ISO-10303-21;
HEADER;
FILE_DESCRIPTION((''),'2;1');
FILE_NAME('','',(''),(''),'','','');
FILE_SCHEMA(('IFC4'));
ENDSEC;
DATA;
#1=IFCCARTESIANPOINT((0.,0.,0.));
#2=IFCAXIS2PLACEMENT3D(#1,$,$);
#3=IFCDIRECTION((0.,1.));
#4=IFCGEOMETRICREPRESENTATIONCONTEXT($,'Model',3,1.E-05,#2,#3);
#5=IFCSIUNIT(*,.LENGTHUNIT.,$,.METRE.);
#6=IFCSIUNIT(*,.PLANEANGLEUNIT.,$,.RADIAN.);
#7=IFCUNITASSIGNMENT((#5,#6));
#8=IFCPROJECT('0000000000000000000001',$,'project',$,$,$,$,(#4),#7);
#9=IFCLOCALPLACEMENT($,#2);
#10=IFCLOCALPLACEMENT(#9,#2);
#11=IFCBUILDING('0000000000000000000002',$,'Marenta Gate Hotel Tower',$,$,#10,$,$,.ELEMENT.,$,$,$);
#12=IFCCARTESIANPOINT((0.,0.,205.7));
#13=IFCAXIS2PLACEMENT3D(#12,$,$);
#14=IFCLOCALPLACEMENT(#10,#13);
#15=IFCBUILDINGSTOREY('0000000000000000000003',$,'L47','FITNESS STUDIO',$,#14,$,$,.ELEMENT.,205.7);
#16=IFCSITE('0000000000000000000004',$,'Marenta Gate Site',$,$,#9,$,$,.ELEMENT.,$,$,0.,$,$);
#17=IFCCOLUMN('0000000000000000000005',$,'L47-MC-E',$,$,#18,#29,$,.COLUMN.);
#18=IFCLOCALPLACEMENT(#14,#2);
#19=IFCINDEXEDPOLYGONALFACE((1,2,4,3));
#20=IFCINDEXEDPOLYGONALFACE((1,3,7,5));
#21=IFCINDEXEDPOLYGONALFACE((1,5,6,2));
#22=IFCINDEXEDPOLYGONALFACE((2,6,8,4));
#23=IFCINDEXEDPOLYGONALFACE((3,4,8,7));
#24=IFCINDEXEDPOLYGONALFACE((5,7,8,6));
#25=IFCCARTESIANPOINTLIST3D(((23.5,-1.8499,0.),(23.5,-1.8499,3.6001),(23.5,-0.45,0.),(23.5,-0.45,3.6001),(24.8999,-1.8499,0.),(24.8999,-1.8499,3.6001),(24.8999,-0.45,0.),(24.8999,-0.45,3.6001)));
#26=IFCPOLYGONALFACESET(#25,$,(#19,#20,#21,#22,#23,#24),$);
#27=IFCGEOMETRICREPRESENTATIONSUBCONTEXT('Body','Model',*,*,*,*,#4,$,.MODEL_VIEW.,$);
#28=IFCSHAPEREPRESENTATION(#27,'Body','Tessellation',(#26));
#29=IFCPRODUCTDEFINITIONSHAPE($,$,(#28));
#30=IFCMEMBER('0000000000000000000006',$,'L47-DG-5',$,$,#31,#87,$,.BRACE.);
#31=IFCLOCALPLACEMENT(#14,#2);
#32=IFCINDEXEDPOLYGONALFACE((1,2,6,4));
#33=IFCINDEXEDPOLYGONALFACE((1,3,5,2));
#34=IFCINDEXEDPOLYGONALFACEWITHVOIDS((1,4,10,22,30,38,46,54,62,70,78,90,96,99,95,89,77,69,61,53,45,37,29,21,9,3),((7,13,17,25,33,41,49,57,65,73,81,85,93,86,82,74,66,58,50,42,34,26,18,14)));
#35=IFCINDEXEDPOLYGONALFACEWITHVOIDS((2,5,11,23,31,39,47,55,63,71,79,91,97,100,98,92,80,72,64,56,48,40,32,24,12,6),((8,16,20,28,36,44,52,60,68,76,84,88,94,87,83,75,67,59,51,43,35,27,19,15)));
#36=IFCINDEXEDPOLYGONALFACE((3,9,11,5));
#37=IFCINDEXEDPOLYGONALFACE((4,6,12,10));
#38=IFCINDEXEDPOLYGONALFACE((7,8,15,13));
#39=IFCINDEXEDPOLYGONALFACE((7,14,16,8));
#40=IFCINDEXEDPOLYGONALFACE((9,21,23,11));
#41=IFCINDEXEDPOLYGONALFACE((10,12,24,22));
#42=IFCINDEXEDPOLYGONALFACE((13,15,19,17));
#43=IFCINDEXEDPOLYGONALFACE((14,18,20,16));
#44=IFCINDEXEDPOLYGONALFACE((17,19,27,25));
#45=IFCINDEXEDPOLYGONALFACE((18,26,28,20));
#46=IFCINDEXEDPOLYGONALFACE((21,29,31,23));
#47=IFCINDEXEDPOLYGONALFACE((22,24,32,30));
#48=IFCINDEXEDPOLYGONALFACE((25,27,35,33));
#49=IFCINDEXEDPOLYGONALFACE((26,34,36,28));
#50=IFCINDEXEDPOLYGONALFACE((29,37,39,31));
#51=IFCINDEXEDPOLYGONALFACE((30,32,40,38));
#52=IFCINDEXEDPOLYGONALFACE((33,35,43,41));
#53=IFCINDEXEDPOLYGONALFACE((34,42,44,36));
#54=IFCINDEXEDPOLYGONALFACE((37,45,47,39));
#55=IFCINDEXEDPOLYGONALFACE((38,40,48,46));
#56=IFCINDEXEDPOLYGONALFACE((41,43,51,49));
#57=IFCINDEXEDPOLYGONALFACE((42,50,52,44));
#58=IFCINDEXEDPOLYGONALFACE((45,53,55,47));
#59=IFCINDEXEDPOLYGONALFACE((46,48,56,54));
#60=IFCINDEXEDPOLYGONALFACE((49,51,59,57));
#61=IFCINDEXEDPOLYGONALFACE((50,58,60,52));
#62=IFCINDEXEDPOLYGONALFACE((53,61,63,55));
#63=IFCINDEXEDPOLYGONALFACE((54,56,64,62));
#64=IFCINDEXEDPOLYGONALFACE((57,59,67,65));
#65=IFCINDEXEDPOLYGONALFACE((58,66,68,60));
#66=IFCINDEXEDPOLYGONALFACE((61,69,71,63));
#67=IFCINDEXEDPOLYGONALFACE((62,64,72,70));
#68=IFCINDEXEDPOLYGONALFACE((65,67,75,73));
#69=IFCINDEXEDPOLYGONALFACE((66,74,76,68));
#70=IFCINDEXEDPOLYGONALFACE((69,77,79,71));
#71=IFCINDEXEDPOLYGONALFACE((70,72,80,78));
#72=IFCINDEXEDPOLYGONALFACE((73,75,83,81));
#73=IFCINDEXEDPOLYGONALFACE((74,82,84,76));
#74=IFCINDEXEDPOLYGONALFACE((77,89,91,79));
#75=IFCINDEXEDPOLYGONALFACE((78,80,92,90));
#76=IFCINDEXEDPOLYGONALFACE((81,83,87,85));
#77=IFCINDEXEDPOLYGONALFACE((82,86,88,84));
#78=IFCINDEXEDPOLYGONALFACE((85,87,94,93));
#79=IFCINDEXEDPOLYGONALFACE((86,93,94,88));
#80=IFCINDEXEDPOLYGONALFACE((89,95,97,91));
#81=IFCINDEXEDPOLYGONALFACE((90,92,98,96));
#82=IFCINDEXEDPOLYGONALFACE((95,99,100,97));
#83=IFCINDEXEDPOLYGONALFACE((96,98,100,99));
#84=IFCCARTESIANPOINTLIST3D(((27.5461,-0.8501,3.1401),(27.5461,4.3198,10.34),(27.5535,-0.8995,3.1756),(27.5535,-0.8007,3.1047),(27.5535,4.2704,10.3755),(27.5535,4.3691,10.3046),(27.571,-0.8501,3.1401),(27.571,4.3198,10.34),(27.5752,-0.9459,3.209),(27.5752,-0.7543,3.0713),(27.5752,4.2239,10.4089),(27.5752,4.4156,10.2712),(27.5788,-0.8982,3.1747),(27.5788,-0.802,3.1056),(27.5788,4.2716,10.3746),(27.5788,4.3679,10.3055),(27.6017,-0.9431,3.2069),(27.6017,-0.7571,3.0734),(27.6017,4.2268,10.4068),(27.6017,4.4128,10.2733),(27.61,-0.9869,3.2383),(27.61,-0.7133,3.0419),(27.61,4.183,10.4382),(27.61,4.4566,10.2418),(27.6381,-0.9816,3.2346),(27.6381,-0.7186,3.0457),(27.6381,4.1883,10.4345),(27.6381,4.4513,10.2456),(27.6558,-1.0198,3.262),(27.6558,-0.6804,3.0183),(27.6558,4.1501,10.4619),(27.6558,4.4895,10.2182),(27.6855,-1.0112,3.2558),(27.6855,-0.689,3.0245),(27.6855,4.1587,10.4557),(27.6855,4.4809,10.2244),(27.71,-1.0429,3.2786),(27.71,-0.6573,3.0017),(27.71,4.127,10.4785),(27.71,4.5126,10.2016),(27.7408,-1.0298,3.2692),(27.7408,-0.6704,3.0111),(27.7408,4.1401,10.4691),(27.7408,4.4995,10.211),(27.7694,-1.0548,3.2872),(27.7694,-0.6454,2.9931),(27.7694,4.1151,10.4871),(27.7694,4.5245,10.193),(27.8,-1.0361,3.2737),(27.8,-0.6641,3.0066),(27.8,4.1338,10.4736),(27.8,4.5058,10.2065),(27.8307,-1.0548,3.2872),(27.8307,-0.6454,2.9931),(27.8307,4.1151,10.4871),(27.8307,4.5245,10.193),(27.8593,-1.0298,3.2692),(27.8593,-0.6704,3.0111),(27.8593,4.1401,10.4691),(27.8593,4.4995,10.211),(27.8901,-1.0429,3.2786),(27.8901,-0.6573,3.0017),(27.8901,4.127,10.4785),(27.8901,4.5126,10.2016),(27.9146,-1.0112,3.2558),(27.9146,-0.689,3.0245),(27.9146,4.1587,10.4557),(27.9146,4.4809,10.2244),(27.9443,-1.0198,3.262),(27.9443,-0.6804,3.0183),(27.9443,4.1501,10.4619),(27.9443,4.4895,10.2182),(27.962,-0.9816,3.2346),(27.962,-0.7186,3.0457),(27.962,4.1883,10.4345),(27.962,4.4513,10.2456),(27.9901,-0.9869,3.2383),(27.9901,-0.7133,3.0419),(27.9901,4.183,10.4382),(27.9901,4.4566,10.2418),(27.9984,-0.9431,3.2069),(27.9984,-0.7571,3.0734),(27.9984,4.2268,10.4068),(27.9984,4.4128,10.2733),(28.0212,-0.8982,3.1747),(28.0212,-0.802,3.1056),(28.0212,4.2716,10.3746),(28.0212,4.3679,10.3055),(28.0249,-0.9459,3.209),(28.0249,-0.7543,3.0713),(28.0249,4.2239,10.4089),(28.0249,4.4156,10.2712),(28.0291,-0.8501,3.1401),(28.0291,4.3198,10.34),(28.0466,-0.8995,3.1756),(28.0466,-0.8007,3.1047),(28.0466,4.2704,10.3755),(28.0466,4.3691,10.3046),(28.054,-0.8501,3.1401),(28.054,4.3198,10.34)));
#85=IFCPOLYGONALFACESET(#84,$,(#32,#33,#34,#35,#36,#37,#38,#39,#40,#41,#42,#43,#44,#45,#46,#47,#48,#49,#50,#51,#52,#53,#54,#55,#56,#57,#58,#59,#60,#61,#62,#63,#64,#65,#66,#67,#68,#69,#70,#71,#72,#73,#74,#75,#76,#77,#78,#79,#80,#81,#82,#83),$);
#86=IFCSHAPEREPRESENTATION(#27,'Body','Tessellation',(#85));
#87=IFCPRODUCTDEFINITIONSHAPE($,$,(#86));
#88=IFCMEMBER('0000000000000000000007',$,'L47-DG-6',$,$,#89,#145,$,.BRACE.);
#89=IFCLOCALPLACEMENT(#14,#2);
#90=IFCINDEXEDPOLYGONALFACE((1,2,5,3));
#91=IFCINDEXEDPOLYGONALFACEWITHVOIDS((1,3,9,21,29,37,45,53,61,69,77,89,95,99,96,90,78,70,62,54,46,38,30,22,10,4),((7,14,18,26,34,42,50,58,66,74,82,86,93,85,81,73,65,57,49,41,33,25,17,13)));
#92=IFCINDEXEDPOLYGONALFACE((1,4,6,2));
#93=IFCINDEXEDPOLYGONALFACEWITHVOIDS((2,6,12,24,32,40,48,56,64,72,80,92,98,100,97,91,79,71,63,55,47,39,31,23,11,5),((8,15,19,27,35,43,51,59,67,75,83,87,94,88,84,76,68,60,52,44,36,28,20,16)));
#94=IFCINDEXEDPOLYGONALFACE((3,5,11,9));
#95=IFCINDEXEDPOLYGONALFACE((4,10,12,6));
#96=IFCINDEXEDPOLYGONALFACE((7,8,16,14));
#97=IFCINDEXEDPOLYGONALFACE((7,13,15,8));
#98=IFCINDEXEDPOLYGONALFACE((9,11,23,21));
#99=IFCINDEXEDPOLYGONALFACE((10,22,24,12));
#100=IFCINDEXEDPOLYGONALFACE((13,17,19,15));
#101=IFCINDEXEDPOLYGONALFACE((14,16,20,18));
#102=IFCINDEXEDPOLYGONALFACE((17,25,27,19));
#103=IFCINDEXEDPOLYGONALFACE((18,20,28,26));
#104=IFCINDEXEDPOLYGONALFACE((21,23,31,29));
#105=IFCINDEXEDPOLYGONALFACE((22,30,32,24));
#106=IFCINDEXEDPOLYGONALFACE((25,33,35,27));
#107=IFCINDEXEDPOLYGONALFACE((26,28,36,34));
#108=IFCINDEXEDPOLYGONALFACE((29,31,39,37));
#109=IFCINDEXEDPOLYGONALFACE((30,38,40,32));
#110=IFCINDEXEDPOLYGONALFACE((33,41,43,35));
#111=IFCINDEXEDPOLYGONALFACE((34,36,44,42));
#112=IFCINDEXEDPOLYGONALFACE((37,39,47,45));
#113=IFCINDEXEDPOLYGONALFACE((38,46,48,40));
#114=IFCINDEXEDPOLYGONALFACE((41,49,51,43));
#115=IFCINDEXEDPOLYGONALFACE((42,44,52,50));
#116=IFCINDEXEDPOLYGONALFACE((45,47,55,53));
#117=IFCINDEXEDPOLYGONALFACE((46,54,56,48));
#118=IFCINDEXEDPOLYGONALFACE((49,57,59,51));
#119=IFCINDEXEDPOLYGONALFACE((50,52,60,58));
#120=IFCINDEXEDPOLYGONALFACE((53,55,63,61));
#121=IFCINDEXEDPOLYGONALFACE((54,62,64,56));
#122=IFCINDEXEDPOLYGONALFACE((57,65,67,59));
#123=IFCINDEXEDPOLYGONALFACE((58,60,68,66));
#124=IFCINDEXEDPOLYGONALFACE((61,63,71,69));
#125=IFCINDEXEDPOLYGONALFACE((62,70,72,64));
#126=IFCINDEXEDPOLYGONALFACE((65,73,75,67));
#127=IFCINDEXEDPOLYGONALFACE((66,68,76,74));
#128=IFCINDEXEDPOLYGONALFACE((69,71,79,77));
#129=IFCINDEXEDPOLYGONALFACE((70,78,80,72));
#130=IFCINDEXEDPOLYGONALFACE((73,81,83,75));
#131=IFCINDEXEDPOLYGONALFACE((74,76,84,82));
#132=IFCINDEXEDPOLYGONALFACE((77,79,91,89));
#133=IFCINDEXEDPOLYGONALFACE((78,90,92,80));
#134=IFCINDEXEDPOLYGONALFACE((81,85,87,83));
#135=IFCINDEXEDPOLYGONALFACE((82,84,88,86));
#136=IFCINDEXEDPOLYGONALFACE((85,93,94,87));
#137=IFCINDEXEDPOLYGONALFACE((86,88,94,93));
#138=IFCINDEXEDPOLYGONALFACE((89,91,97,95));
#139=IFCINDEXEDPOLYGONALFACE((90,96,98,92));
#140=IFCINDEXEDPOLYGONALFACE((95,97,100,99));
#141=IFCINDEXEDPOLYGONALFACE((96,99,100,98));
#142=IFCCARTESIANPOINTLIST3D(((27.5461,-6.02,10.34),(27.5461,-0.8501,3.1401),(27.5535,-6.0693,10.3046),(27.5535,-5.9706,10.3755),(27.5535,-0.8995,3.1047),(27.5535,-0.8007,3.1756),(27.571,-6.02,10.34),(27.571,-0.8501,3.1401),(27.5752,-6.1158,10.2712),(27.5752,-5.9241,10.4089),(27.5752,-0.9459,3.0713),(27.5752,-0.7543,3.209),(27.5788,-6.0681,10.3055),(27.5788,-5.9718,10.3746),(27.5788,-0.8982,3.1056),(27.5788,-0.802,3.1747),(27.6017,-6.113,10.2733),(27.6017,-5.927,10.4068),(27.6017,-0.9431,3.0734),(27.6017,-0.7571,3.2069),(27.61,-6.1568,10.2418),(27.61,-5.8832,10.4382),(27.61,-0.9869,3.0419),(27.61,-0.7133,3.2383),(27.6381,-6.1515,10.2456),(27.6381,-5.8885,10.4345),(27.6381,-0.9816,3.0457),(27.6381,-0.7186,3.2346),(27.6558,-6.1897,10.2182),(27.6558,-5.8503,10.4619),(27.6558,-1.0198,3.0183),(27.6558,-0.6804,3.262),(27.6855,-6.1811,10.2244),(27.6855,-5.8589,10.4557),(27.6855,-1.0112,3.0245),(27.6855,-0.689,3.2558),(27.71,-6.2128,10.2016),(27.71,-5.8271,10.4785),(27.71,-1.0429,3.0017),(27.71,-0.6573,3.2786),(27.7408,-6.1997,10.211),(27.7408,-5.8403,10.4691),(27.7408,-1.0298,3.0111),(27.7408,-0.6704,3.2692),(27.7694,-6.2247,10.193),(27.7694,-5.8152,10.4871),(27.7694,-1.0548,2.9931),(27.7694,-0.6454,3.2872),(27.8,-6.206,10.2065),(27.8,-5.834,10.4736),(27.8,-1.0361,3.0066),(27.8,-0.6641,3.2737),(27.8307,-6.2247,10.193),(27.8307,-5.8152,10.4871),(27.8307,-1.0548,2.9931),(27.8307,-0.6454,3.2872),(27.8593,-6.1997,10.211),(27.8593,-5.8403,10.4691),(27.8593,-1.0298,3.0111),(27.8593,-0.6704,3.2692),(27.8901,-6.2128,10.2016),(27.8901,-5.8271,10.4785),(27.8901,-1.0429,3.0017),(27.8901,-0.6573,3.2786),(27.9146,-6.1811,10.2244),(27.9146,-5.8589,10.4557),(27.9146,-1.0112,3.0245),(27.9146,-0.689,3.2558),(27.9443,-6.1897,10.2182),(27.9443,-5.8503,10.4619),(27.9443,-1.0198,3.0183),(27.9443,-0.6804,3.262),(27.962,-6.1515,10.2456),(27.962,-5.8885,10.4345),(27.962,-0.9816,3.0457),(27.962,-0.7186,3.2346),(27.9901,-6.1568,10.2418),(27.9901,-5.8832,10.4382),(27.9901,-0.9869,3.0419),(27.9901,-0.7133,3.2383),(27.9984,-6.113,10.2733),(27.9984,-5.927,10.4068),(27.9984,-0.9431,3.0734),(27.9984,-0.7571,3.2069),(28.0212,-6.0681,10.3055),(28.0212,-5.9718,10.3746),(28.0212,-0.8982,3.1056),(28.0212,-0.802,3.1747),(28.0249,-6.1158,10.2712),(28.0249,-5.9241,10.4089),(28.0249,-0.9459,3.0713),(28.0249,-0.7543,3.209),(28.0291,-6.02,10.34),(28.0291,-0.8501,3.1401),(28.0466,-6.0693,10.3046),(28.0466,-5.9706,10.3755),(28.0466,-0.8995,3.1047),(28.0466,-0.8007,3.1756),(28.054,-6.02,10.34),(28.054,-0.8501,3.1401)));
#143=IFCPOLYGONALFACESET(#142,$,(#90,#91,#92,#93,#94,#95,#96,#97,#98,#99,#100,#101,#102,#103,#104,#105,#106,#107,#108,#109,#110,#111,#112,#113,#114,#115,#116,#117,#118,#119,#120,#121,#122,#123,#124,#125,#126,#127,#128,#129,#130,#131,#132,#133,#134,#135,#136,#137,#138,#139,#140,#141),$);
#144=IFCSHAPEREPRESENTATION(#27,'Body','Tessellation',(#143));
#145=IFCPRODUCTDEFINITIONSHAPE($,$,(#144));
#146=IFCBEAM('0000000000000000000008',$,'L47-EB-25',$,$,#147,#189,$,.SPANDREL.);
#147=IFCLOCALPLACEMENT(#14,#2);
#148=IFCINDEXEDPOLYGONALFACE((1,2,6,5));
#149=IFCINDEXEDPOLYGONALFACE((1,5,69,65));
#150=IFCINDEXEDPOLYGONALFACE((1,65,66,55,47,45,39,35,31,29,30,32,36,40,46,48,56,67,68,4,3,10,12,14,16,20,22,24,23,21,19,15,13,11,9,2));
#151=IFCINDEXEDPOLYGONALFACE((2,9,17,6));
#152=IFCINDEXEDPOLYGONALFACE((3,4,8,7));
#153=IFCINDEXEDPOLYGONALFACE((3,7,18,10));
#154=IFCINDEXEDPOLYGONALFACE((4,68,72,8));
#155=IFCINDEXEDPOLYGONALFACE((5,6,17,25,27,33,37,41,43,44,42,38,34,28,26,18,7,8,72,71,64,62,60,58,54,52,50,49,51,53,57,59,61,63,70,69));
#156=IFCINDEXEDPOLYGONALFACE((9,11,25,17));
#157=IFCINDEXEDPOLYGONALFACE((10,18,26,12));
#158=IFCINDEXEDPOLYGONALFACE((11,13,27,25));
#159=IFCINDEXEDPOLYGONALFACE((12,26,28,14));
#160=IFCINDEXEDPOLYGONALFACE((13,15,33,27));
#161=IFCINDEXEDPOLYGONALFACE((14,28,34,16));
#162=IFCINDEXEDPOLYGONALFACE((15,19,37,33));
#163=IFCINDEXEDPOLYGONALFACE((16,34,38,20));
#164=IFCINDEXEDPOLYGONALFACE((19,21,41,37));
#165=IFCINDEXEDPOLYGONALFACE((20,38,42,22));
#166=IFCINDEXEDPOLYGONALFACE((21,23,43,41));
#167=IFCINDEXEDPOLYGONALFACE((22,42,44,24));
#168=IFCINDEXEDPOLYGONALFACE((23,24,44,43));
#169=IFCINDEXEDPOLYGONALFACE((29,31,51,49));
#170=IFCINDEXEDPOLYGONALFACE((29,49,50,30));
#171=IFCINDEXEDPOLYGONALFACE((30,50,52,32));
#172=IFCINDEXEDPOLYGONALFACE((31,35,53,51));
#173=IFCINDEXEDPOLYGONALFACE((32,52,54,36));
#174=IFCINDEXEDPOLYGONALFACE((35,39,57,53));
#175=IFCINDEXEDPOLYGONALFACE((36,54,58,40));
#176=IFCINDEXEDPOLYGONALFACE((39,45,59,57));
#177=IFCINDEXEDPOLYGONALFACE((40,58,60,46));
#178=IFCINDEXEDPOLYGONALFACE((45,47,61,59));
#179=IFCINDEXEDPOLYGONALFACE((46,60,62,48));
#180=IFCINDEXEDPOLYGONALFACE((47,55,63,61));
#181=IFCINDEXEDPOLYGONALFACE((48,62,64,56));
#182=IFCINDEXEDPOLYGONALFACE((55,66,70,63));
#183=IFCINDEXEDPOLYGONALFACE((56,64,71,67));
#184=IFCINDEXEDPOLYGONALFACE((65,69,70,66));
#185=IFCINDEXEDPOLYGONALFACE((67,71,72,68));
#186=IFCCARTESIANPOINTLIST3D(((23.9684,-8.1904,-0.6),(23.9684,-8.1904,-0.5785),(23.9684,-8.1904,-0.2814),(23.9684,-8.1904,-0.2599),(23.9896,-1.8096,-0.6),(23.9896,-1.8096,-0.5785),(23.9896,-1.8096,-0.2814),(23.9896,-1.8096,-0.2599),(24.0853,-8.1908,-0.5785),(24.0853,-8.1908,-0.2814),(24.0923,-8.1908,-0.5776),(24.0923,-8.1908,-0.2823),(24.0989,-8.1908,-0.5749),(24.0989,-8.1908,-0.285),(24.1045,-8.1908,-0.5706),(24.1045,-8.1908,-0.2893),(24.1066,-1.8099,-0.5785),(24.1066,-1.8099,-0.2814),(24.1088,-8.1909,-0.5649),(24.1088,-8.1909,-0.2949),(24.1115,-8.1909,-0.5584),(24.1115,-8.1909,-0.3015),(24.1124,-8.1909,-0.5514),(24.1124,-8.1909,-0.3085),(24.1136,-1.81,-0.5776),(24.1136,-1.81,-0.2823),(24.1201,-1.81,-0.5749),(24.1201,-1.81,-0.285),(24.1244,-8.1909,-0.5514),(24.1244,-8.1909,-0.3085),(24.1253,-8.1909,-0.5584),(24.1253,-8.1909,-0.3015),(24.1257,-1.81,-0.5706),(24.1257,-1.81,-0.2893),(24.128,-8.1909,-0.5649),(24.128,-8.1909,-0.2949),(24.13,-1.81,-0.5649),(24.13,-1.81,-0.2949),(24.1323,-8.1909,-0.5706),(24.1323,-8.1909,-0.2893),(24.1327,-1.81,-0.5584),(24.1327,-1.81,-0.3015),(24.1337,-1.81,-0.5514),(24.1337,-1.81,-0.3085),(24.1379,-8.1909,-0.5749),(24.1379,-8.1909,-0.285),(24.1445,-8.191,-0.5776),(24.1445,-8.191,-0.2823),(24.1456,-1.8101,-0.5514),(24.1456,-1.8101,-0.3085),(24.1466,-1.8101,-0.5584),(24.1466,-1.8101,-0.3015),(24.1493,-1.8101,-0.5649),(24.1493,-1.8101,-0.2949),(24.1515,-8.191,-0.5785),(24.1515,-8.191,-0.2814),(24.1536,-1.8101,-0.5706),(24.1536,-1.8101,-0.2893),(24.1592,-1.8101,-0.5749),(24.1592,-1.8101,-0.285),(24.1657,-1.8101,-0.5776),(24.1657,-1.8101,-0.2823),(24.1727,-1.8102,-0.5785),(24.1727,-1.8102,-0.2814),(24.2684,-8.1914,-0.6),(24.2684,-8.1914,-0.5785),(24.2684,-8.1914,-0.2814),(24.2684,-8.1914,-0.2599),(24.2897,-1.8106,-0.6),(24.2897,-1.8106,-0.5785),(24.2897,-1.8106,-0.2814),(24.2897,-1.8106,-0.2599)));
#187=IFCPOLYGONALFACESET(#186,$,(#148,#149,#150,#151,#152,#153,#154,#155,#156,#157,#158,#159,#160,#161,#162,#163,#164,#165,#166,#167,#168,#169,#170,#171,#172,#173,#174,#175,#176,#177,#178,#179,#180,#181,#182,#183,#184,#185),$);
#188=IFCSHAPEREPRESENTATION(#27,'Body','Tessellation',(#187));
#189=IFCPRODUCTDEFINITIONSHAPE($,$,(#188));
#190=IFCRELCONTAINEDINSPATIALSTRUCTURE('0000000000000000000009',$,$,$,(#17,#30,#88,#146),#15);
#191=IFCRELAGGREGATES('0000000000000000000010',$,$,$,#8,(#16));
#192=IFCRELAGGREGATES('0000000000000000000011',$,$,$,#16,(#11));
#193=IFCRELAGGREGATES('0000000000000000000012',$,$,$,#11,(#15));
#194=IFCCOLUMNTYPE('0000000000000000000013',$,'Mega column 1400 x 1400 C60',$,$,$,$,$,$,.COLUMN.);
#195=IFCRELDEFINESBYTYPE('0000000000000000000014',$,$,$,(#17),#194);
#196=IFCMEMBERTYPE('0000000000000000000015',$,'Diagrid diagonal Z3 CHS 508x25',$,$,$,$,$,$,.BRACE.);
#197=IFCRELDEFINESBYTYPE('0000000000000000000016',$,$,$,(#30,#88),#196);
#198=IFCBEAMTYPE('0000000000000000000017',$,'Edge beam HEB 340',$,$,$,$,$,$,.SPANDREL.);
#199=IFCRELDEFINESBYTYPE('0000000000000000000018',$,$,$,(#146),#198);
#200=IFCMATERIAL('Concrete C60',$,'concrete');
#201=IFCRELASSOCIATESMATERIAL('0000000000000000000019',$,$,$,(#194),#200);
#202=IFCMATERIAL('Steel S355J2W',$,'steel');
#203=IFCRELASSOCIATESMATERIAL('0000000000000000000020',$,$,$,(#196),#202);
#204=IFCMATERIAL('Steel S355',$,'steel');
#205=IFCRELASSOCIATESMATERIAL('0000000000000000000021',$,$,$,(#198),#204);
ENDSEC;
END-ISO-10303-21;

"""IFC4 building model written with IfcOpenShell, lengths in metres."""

from ifc_helpers import new_model, si_unit, direction, frame, origin, origin_2d, place, context, subcontext, project, spatial, rectangle, hollow_circle, i_section, extrude, material, material_profile, profile_set, type_object, element, save


model = new_model("IFC4")

# Units and contexts
model_context = context("Model", 3, precision=1e-05, world=origin(), true_north=direction((0.0, 1.0)))
body_context = subcontext(model_context, "Body", "Model", "MODEL_VIEW")
ifc_project = project(units=[si_unit("LENGTHUNIT", "METRE"), si_unit("PLANEANGLEUNIT", "RADIAN")], contexts=[model_context])

# Site, building, storey
site_placement = place(None, origin())
site = spatial("IfcSite", under=ifc_project, at=site_placement, Name="Marenta Gate Site", CompositionType="ELEMENT", RefElevation=0.0)
building_placement = place(site_placement, origin())
building = spatial("IfcBuilding", under=site, at=building_placement, Name="Marenta Gate Hotel Tower", CompositionType="ELEMENT")
storey_placement = place(building_placement, frame((0.0, 0.0, 205.7)))
storey = spatial("IfcBuildingStorey", under=building, at=storey_placement, Name="L47", Description="FITNESS STUDIO", CompositionType="ELEMENT", Elevation=205.7)

# Column
ifc_material_1 = material(Name="Concrete C60", Category="concrete")
ifc_material_profile_1 = material_profile(ifc_material_1, rectangle(XDim=1.3999, YDim=1.3999, at=origin_2d()), Name="1400 x 1400")
ifc_profile_set_1 = profile_set([ifc_material_profile_1], Name="Concrete C60")
column_type = type_object("IfcColumnType", Name="Mega column 1400 x 1400 C60", PredefinedType="COLUMN", material=ifc_profile_set_1)
column_placement = place(storey_placement, frame((24.2, -1.1499, 0.0), z_axis=(0.0, 0.0, 1.0), x_axis=(1.0, 0.0, 0.0)))
element("IfcColumn", 1, at=column_placement, inside=storey, type_object=column_type, Name="L47-MC-E", PredefinedType="COLUMN", context=body_context, shape_type="SweptSolid", body=[
    extrude(rectangle(XDim=1.3999, YDim=1.3999, at=origin_2d()), origin(), (0.0, 0.0, 1.0), 3.6001),
])

# Members
ifc_material_2 = material(Name="Steel S355J2W", Category="steel")
ifc_material_profile_2 = material_profile(ifc_material_2, hollow_circle(Radius=0.2539, WallThickness=0.0249, at=origin_2d()), Name="CHS 508x25")
ifc_profile_set_2 = profile_set([ifc_material_profile_2], Name="Steel S355J2W")
member_type_1 = type_object("IfcMemberType", Name="Diagrid diagonal Z3 CHS 508x25", PredefinedType="BRACE", material=ifc_profile_set_2)
for number, where, z_axis, x_axis, name in (
    (2, (27.8, -0.8501, 3.1401), (0.0, 0.583261, 0.812285), (-1.0, 0.0, 0.0), "L47-DG-5"),
    (3, (27.8, -0.8501, 3.1401), (0.0, -0.583261, 0.812285), (1.0, 0.0, 0.0), "L47-DG-6"),
):
    element("IfcMember", number, at=place(storey_placement, frame(where, z_axis=z_axis, x_axis=x_axis)), inside=storey, type_object=member_type_1, Name=name, PredefinedType="BRACE", context=body_context, shape_type="SweptSolid", body=[
        extrude(hollow_circle(Radius=0.2539, WallThickness=0.0249, at=origin_2d()), origin(), (0.0, 0.0, 1.0), 8.8638),
    ])

# Beam
ifc_material_3 = material(Name="Steel S355", Category="steel")
ifc_material_profile_3 = material_profile(ifc_material_3, i_section(OverallWidth=0.3, OverallDepth=0.3401, WebThickness=0.012, FlangeThickness=0.0215, FilletRadius=0.0271, at=origin_2d()), Name="HEB 340")
ifc_profile_set_3 = profile_set([ifc_material_profile_3], Name="Steel S355")
beam_type = type_object("IfcBeamType", Name="Edge beam HEB 340", PredefinedType="SPANDREL", material=ifc_profile_set_3)
beam_placement = place(storey_placement, frame((24.1396, -1.8101, -0.4299), z_axis=(-0.003329, -0.999994, 0.0), x_axis=(0.999994, -0.003329, 0.0)))
element("IfcBeam", 4, at=beam_placement, inside=storey, type_object=beam_type, Name="L47-EB-25", PredefinedType="SPANDREL", context=body_context, shape_type="SweptSolid", body=[
    extrude(i_section(OverallWidth=0.3, OverallDepth=0.3401, WebThickness=0.012, FlangeThickness=0.0215, FilletRadius=0.0271, at=origin_2d()), origin(), (0.0, 0.0, 1.0), 6.3809),
])

save(model, "model.ifc")
